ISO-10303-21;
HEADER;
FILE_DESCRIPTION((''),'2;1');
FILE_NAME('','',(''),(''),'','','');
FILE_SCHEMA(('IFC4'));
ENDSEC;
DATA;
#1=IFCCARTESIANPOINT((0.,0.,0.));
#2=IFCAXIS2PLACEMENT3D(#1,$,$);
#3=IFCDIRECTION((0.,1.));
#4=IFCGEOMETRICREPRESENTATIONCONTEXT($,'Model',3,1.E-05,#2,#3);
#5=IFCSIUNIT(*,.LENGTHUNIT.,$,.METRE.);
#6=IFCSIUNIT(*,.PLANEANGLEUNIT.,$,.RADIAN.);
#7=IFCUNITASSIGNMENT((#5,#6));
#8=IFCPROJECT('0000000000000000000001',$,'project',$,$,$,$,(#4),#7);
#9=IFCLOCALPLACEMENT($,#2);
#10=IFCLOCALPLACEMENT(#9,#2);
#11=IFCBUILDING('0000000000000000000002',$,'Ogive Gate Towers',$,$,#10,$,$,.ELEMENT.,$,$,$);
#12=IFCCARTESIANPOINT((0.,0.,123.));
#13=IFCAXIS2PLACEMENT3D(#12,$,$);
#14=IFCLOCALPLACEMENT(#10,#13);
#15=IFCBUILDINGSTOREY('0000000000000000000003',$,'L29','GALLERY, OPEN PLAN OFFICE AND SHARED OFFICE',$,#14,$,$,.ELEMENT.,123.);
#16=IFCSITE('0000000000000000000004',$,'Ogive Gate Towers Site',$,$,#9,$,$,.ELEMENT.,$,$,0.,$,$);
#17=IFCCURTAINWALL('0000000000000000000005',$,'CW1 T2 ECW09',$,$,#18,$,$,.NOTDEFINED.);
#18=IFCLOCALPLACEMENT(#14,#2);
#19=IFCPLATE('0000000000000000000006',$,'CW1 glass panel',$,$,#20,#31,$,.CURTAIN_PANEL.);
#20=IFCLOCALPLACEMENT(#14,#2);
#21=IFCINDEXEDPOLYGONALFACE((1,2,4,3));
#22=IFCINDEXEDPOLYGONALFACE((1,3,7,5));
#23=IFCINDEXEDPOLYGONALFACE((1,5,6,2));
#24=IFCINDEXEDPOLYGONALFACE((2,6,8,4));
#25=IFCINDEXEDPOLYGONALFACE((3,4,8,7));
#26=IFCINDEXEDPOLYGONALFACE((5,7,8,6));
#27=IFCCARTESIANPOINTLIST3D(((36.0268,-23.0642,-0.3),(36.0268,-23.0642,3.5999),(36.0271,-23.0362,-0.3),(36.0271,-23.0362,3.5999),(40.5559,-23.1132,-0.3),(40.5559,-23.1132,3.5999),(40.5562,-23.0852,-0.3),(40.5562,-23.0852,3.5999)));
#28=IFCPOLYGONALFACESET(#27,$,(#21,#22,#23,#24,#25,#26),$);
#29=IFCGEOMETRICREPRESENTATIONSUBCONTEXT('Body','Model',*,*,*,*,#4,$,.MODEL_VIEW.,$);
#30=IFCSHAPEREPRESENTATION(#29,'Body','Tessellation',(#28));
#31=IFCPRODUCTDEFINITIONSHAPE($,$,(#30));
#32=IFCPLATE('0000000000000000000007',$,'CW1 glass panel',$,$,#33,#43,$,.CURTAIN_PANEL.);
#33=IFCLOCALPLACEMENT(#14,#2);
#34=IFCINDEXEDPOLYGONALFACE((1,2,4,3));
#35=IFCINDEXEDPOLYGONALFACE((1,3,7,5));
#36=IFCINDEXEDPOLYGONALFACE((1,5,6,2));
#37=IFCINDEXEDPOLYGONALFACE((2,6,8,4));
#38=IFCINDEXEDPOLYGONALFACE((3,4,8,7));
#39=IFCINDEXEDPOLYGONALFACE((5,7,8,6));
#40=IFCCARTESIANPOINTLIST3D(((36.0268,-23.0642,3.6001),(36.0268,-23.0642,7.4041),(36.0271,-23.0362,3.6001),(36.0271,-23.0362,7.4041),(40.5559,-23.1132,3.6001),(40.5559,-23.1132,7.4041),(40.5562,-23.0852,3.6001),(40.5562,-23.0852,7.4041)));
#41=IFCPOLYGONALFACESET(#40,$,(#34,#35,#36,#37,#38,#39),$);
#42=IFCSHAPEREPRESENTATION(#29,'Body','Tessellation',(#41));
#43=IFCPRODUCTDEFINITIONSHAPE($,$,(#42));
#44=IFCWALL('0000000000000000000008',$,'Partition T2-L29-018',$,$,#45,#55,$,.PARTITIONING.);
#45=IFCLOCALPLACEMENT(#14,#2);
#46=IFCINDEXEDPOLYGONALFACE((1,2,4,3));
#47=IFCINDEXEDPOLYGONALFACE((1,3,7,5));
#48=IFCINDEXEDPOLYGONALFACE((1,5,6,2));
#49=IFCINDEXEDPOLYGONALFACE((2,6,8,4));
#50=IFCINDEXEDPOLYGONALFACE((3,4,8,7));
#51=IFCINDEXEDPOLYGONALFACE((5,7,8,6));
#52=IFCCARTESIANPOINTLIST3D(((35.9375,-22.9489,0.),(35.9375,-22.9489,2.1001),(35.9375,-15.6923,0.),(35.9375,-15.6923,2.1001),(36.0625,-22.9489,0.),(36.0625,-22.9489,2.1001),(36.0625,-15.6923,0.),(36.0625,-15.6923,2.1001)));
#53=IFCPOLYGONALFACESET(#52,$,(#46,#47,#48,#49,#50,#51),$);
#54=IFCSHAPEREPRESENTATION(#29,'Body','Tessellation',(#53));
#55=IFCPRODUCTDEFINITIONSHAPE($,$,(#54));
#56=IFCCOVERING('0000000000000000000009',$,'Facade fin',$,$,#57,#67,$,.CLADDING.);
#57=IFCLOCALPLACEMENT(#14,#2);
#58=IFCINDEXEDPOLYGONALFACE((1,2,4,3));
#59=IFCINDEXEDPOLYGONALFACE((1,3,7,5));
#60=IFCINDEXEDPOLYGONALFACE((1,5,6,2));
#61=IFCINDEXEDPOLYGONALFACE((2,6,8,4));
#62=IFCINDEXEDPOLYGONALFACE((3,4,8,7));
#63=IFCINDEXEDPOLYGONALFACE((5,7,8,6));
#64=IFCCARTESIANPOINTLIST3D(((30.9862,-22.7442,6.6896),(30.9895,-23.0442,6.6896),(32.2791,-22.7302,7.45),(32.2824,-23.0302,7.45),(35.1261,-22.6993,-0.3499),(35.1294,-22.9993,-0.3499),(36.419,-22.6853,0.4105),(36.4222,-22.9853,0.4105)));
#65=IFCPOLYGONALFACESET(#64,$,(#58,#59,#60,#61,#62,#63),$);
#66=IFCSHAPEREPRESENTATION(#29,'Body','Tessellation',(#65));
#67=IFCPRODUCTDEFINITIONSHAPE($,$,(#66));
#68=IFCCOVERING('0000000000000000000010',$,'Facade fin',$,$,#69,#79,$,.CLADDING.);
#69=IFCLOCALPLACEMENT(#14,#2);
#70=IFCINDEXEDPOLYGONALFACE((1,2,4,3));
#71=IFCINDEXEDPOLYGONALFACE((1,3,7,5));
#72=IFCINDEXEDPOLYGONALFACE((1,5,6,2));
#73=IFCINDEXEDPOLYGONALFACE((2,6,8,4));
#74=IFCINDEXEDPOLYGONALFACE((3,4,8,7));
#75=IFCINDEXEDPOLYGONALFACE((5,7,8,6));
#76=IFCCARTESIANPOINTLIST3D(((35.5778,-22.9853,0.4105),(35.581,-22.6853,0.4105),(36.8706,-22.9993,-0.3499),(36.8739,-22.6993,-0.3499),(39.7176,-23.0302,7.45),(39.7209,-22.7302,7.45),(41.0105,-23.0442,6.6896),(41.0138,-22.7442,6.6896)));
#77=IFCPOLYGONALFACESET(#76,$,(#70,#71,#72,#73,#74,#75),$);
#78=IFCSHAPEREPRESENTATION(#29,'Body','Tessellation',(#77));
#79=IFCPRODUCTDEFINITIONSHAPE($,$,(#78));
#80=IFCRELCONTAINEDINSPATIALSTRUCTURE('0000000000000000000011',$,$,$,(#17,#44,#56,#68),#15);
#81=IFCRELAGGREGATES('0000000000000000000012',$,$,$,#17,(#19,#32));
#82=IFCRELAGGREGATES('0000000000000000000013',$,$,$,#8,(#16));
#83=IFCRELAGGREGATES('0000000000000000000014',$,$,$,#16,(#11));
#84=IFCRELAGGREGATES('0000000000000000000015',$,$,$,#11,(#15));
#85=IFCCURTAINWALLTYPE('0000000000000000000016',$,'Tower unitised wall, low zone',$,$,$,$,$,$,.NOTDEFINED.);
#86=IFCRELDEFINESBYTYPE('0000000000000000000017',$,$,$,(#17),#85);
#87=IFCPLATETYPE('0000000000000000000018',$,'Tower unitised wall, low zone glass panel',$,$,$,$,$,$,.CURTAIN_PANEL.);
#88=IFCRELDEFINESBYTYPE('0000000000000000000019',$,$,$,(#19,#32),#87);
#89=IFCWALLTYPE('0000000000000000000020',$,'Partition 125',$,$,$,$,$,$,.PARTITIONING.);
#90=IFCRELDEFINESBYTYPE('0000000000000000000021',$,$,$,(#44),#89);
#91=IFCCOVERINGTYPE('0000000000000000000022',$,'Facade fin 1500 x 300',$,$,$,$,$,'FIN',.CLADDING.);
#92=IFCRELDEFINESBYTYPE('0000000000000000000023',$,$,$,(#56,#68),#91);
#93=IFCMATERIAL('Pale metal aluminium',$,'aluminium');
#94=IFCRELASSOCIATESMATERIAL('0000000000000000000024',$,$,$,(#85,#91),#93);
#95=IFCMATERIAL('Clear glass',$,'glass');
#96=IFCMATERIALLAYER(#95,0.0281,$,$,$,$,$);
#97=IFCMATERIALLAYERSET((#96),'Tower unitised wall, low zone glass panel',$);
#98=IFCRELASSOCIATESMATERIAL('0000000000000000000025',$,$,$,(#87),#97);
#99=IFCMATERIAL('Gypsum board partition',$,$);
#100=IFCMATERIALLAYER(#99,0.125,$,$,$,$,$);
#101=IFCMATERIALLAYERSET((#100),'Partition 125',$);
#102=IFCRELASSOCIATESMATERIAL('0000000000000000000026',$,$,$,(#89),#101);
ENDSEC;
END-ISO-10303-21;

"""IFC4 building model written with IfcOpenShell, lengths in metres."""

from ifc_helpers import new_model, si_unit, direction, frame, frame_2d, origin, origin_2d, place, context, subcontext, project, spatial, rectangle, extrude, material, layer, layer_set, material_profile, profile_set, type_object, element, aggregate, save


model = new_model("IFC4")

# Units and contexts
model_context = context("Model", 3, precision=1e-05, world=origin(), true_north=direction((0.0, 1.0)))
body_context = subcontext(model_context, "Body", "Model", "MODEL_VIEW")
ifc_project = project(units=[si_unit("LENGTHUNIT", "METRE"), si_unit("PLANEANGLEUNIT", "RADIAN")], contexts=[model_context])

# Site, building, storey
site_placement = place(None, origin())
site = spatial("IfcSite", under=ifc_project, at=site_placement, Name="Ogive Gate Towers Site", CompositionType="ELEMENT", RefElevation=0.0)
building_placement = place(site_placement, origin())
building = spatial("IfcBuilding", under=site, at=building_placement, Name="Ogive Gate Towers", CompositionType="ELEMENT")
storey_placement = place(building_placement, frame((0.0, 0.0, 123.0)))
storey = spatial("IfcBuildingStorey", under=building, at=storey_placement, Name="L29", Description="GALLERY, OPEN PLAN OFFICE AND SHARED OFFICE", CompositionType="ELEMENT", Elevation=123.0)

# Shared definitions
ifc_material_1 = material(Name="Pale metal aluminium", Category="aluminium")
curtain_wall_type = type_object("IfcCurtainWallType", Name="Tower unitised wall, low zone", PredefinedType="NOTDEFINED", material=ifc_material_1)

# Curtain wall
curtain_wall_1_placement = place(storey_placement, origin())
curtain_wall_1 = element("IfcCurtainWall", 1, at=curtain_wall_1_placement, inside=storey, type_object=curtain_wall_type, Name="CW1 T2 ECW09", PredefinedType="NOTDEFINED")

# Plates
ifc_material_2 = material(Name="Clear glass", Category="glass")
ifc_layer_1 = layer(ifc_material_2, 0.0281)
ifc_layer_set_1 = layer_set([ifc_layer_1], Name="Tower unitised wall, low zone glass panel")
plate_type = type_object("IfcPlateType", Name="Tower unitised wall, low zone glass panel", PredefinedType="CURTAIN_PANEL", material=ifc_layer_set_1)
plate_1_placement = place(storey_placement, frame((38.2915, -23.0747, -0.3), z_axis=(0.0, 0.0, 1.0), x_axis=(-0.999941, 0.010821, 0.0)))
plate_1 = element("IfcPlate", 2, at=plate_1_placement, type_object=plate_type, Name="CW1 glass panel", PredefinedType="CURTAIN_PANEL", context=body_context, shape_type="SweptSolid", body=[
    extrude(rectangle(XDim=4.5293, YDim=0.0281, at=origin_2d()), origin(), (0.0, 0.0, 1.0), 3.8999),
])
plate_2_placement = place(storey_placement, frame((38.2915, -23.0747, 3.6001), z_axis=(0.0, 0.0, 1.0), x_axis=(-0.999941, 0.010821, 0.0)))
plate_2 = element("IfcPlate", 3, at=plate_2_placement, type_object=plate_type, Name="CW1 glass panel", PredefinedType="CURTAIN_PANEL", context=body_context, shape_type="SweptSolid", body=[
    extrude(rectangle(XDim=4.5293, YDim=0.0281, at=origin_2d()), origin(), (0.0, 0.0, 1.0), 3.804),
])
aggregate(curtain_wall_1, [plate_1, plate_2])

# Wall
ifc_material_3 = material(Name="Gypsum board partition")
ifc_layer_2 = layer(ifc_material_3, 0.125)
ifc_layer_set_2 = layer_set([ifc_layer_2], Name="Partition 125")
wall_type = type_object("IfcWallType", Name="Partition 125", PredefinedType="PARTITIONING", material=ifc_layer_set_2)
wall_placement = place(storey_placement, frame((36.0, -22.949, 0.0), z_axis=(0.0, 0.0, 1.0), x_axis=(0.0, 1.0, 0.0)))
element("IfcWall", 4, at=wall_placement, inside=storey, type_object=wall_type, Name="Partition T2-L29-018", PredefinedType="PARTITIONING", context=body_context, shape_type="SweptSolid", body=[
    extrude(rectangle(XDim=7.2566, YDim=0.125, at=frame_2d((3.6284, 0.0))), origin(), (0.0, 0.0, 1.0), 2.1001),
])

# Coverings
ifc_material_profile_1 = material_profile(ifc_material_1, rectangle(XDim=0.3, YDim=1.5, at=origin_2d()), Name="1500 x 300 pale metal aluminium")
ifc_profile_set_1 = profile_set([ifc_material_profile_1], Name="Pale metal aluminium")
covering_type = type_object("IfcCoveringType", Name="Facade fin 1500 x 300", ElementType="FIN", PredefinedType="CLADDING", material=ifc_profile_set_1)
for number, where, z_axis, x_axis, name in (
    (5, (35.7742, -22.8423, 0.0303), (-0.50692, -0.005501, 0.861976), (0.01085, -0.999941, 0.0), "Facade fin"),
    (6, (36.2258, -22.8423, 0.0303), (0.50692, -0.005501, 0.861976), (0.01085, 0.999941, 0.0), "Facade fin"),
):
    element("IfcCovering", number, at=place(storey_placement, frame(where, z_axis=z_axis, x_axis=x_axis)), inside=storey, type_object=covering_type, Name=name, PredefinedType="CLADDING", context=body_context, shape_type="SweptSolid", body=[
        extrude(rectangle(XDim=0.3, YDim=1.5, at=origin_2d()), origin(), (0.0, 0.0, 1.0), 8.1667),
    ])

save(model, "model.ifc")
